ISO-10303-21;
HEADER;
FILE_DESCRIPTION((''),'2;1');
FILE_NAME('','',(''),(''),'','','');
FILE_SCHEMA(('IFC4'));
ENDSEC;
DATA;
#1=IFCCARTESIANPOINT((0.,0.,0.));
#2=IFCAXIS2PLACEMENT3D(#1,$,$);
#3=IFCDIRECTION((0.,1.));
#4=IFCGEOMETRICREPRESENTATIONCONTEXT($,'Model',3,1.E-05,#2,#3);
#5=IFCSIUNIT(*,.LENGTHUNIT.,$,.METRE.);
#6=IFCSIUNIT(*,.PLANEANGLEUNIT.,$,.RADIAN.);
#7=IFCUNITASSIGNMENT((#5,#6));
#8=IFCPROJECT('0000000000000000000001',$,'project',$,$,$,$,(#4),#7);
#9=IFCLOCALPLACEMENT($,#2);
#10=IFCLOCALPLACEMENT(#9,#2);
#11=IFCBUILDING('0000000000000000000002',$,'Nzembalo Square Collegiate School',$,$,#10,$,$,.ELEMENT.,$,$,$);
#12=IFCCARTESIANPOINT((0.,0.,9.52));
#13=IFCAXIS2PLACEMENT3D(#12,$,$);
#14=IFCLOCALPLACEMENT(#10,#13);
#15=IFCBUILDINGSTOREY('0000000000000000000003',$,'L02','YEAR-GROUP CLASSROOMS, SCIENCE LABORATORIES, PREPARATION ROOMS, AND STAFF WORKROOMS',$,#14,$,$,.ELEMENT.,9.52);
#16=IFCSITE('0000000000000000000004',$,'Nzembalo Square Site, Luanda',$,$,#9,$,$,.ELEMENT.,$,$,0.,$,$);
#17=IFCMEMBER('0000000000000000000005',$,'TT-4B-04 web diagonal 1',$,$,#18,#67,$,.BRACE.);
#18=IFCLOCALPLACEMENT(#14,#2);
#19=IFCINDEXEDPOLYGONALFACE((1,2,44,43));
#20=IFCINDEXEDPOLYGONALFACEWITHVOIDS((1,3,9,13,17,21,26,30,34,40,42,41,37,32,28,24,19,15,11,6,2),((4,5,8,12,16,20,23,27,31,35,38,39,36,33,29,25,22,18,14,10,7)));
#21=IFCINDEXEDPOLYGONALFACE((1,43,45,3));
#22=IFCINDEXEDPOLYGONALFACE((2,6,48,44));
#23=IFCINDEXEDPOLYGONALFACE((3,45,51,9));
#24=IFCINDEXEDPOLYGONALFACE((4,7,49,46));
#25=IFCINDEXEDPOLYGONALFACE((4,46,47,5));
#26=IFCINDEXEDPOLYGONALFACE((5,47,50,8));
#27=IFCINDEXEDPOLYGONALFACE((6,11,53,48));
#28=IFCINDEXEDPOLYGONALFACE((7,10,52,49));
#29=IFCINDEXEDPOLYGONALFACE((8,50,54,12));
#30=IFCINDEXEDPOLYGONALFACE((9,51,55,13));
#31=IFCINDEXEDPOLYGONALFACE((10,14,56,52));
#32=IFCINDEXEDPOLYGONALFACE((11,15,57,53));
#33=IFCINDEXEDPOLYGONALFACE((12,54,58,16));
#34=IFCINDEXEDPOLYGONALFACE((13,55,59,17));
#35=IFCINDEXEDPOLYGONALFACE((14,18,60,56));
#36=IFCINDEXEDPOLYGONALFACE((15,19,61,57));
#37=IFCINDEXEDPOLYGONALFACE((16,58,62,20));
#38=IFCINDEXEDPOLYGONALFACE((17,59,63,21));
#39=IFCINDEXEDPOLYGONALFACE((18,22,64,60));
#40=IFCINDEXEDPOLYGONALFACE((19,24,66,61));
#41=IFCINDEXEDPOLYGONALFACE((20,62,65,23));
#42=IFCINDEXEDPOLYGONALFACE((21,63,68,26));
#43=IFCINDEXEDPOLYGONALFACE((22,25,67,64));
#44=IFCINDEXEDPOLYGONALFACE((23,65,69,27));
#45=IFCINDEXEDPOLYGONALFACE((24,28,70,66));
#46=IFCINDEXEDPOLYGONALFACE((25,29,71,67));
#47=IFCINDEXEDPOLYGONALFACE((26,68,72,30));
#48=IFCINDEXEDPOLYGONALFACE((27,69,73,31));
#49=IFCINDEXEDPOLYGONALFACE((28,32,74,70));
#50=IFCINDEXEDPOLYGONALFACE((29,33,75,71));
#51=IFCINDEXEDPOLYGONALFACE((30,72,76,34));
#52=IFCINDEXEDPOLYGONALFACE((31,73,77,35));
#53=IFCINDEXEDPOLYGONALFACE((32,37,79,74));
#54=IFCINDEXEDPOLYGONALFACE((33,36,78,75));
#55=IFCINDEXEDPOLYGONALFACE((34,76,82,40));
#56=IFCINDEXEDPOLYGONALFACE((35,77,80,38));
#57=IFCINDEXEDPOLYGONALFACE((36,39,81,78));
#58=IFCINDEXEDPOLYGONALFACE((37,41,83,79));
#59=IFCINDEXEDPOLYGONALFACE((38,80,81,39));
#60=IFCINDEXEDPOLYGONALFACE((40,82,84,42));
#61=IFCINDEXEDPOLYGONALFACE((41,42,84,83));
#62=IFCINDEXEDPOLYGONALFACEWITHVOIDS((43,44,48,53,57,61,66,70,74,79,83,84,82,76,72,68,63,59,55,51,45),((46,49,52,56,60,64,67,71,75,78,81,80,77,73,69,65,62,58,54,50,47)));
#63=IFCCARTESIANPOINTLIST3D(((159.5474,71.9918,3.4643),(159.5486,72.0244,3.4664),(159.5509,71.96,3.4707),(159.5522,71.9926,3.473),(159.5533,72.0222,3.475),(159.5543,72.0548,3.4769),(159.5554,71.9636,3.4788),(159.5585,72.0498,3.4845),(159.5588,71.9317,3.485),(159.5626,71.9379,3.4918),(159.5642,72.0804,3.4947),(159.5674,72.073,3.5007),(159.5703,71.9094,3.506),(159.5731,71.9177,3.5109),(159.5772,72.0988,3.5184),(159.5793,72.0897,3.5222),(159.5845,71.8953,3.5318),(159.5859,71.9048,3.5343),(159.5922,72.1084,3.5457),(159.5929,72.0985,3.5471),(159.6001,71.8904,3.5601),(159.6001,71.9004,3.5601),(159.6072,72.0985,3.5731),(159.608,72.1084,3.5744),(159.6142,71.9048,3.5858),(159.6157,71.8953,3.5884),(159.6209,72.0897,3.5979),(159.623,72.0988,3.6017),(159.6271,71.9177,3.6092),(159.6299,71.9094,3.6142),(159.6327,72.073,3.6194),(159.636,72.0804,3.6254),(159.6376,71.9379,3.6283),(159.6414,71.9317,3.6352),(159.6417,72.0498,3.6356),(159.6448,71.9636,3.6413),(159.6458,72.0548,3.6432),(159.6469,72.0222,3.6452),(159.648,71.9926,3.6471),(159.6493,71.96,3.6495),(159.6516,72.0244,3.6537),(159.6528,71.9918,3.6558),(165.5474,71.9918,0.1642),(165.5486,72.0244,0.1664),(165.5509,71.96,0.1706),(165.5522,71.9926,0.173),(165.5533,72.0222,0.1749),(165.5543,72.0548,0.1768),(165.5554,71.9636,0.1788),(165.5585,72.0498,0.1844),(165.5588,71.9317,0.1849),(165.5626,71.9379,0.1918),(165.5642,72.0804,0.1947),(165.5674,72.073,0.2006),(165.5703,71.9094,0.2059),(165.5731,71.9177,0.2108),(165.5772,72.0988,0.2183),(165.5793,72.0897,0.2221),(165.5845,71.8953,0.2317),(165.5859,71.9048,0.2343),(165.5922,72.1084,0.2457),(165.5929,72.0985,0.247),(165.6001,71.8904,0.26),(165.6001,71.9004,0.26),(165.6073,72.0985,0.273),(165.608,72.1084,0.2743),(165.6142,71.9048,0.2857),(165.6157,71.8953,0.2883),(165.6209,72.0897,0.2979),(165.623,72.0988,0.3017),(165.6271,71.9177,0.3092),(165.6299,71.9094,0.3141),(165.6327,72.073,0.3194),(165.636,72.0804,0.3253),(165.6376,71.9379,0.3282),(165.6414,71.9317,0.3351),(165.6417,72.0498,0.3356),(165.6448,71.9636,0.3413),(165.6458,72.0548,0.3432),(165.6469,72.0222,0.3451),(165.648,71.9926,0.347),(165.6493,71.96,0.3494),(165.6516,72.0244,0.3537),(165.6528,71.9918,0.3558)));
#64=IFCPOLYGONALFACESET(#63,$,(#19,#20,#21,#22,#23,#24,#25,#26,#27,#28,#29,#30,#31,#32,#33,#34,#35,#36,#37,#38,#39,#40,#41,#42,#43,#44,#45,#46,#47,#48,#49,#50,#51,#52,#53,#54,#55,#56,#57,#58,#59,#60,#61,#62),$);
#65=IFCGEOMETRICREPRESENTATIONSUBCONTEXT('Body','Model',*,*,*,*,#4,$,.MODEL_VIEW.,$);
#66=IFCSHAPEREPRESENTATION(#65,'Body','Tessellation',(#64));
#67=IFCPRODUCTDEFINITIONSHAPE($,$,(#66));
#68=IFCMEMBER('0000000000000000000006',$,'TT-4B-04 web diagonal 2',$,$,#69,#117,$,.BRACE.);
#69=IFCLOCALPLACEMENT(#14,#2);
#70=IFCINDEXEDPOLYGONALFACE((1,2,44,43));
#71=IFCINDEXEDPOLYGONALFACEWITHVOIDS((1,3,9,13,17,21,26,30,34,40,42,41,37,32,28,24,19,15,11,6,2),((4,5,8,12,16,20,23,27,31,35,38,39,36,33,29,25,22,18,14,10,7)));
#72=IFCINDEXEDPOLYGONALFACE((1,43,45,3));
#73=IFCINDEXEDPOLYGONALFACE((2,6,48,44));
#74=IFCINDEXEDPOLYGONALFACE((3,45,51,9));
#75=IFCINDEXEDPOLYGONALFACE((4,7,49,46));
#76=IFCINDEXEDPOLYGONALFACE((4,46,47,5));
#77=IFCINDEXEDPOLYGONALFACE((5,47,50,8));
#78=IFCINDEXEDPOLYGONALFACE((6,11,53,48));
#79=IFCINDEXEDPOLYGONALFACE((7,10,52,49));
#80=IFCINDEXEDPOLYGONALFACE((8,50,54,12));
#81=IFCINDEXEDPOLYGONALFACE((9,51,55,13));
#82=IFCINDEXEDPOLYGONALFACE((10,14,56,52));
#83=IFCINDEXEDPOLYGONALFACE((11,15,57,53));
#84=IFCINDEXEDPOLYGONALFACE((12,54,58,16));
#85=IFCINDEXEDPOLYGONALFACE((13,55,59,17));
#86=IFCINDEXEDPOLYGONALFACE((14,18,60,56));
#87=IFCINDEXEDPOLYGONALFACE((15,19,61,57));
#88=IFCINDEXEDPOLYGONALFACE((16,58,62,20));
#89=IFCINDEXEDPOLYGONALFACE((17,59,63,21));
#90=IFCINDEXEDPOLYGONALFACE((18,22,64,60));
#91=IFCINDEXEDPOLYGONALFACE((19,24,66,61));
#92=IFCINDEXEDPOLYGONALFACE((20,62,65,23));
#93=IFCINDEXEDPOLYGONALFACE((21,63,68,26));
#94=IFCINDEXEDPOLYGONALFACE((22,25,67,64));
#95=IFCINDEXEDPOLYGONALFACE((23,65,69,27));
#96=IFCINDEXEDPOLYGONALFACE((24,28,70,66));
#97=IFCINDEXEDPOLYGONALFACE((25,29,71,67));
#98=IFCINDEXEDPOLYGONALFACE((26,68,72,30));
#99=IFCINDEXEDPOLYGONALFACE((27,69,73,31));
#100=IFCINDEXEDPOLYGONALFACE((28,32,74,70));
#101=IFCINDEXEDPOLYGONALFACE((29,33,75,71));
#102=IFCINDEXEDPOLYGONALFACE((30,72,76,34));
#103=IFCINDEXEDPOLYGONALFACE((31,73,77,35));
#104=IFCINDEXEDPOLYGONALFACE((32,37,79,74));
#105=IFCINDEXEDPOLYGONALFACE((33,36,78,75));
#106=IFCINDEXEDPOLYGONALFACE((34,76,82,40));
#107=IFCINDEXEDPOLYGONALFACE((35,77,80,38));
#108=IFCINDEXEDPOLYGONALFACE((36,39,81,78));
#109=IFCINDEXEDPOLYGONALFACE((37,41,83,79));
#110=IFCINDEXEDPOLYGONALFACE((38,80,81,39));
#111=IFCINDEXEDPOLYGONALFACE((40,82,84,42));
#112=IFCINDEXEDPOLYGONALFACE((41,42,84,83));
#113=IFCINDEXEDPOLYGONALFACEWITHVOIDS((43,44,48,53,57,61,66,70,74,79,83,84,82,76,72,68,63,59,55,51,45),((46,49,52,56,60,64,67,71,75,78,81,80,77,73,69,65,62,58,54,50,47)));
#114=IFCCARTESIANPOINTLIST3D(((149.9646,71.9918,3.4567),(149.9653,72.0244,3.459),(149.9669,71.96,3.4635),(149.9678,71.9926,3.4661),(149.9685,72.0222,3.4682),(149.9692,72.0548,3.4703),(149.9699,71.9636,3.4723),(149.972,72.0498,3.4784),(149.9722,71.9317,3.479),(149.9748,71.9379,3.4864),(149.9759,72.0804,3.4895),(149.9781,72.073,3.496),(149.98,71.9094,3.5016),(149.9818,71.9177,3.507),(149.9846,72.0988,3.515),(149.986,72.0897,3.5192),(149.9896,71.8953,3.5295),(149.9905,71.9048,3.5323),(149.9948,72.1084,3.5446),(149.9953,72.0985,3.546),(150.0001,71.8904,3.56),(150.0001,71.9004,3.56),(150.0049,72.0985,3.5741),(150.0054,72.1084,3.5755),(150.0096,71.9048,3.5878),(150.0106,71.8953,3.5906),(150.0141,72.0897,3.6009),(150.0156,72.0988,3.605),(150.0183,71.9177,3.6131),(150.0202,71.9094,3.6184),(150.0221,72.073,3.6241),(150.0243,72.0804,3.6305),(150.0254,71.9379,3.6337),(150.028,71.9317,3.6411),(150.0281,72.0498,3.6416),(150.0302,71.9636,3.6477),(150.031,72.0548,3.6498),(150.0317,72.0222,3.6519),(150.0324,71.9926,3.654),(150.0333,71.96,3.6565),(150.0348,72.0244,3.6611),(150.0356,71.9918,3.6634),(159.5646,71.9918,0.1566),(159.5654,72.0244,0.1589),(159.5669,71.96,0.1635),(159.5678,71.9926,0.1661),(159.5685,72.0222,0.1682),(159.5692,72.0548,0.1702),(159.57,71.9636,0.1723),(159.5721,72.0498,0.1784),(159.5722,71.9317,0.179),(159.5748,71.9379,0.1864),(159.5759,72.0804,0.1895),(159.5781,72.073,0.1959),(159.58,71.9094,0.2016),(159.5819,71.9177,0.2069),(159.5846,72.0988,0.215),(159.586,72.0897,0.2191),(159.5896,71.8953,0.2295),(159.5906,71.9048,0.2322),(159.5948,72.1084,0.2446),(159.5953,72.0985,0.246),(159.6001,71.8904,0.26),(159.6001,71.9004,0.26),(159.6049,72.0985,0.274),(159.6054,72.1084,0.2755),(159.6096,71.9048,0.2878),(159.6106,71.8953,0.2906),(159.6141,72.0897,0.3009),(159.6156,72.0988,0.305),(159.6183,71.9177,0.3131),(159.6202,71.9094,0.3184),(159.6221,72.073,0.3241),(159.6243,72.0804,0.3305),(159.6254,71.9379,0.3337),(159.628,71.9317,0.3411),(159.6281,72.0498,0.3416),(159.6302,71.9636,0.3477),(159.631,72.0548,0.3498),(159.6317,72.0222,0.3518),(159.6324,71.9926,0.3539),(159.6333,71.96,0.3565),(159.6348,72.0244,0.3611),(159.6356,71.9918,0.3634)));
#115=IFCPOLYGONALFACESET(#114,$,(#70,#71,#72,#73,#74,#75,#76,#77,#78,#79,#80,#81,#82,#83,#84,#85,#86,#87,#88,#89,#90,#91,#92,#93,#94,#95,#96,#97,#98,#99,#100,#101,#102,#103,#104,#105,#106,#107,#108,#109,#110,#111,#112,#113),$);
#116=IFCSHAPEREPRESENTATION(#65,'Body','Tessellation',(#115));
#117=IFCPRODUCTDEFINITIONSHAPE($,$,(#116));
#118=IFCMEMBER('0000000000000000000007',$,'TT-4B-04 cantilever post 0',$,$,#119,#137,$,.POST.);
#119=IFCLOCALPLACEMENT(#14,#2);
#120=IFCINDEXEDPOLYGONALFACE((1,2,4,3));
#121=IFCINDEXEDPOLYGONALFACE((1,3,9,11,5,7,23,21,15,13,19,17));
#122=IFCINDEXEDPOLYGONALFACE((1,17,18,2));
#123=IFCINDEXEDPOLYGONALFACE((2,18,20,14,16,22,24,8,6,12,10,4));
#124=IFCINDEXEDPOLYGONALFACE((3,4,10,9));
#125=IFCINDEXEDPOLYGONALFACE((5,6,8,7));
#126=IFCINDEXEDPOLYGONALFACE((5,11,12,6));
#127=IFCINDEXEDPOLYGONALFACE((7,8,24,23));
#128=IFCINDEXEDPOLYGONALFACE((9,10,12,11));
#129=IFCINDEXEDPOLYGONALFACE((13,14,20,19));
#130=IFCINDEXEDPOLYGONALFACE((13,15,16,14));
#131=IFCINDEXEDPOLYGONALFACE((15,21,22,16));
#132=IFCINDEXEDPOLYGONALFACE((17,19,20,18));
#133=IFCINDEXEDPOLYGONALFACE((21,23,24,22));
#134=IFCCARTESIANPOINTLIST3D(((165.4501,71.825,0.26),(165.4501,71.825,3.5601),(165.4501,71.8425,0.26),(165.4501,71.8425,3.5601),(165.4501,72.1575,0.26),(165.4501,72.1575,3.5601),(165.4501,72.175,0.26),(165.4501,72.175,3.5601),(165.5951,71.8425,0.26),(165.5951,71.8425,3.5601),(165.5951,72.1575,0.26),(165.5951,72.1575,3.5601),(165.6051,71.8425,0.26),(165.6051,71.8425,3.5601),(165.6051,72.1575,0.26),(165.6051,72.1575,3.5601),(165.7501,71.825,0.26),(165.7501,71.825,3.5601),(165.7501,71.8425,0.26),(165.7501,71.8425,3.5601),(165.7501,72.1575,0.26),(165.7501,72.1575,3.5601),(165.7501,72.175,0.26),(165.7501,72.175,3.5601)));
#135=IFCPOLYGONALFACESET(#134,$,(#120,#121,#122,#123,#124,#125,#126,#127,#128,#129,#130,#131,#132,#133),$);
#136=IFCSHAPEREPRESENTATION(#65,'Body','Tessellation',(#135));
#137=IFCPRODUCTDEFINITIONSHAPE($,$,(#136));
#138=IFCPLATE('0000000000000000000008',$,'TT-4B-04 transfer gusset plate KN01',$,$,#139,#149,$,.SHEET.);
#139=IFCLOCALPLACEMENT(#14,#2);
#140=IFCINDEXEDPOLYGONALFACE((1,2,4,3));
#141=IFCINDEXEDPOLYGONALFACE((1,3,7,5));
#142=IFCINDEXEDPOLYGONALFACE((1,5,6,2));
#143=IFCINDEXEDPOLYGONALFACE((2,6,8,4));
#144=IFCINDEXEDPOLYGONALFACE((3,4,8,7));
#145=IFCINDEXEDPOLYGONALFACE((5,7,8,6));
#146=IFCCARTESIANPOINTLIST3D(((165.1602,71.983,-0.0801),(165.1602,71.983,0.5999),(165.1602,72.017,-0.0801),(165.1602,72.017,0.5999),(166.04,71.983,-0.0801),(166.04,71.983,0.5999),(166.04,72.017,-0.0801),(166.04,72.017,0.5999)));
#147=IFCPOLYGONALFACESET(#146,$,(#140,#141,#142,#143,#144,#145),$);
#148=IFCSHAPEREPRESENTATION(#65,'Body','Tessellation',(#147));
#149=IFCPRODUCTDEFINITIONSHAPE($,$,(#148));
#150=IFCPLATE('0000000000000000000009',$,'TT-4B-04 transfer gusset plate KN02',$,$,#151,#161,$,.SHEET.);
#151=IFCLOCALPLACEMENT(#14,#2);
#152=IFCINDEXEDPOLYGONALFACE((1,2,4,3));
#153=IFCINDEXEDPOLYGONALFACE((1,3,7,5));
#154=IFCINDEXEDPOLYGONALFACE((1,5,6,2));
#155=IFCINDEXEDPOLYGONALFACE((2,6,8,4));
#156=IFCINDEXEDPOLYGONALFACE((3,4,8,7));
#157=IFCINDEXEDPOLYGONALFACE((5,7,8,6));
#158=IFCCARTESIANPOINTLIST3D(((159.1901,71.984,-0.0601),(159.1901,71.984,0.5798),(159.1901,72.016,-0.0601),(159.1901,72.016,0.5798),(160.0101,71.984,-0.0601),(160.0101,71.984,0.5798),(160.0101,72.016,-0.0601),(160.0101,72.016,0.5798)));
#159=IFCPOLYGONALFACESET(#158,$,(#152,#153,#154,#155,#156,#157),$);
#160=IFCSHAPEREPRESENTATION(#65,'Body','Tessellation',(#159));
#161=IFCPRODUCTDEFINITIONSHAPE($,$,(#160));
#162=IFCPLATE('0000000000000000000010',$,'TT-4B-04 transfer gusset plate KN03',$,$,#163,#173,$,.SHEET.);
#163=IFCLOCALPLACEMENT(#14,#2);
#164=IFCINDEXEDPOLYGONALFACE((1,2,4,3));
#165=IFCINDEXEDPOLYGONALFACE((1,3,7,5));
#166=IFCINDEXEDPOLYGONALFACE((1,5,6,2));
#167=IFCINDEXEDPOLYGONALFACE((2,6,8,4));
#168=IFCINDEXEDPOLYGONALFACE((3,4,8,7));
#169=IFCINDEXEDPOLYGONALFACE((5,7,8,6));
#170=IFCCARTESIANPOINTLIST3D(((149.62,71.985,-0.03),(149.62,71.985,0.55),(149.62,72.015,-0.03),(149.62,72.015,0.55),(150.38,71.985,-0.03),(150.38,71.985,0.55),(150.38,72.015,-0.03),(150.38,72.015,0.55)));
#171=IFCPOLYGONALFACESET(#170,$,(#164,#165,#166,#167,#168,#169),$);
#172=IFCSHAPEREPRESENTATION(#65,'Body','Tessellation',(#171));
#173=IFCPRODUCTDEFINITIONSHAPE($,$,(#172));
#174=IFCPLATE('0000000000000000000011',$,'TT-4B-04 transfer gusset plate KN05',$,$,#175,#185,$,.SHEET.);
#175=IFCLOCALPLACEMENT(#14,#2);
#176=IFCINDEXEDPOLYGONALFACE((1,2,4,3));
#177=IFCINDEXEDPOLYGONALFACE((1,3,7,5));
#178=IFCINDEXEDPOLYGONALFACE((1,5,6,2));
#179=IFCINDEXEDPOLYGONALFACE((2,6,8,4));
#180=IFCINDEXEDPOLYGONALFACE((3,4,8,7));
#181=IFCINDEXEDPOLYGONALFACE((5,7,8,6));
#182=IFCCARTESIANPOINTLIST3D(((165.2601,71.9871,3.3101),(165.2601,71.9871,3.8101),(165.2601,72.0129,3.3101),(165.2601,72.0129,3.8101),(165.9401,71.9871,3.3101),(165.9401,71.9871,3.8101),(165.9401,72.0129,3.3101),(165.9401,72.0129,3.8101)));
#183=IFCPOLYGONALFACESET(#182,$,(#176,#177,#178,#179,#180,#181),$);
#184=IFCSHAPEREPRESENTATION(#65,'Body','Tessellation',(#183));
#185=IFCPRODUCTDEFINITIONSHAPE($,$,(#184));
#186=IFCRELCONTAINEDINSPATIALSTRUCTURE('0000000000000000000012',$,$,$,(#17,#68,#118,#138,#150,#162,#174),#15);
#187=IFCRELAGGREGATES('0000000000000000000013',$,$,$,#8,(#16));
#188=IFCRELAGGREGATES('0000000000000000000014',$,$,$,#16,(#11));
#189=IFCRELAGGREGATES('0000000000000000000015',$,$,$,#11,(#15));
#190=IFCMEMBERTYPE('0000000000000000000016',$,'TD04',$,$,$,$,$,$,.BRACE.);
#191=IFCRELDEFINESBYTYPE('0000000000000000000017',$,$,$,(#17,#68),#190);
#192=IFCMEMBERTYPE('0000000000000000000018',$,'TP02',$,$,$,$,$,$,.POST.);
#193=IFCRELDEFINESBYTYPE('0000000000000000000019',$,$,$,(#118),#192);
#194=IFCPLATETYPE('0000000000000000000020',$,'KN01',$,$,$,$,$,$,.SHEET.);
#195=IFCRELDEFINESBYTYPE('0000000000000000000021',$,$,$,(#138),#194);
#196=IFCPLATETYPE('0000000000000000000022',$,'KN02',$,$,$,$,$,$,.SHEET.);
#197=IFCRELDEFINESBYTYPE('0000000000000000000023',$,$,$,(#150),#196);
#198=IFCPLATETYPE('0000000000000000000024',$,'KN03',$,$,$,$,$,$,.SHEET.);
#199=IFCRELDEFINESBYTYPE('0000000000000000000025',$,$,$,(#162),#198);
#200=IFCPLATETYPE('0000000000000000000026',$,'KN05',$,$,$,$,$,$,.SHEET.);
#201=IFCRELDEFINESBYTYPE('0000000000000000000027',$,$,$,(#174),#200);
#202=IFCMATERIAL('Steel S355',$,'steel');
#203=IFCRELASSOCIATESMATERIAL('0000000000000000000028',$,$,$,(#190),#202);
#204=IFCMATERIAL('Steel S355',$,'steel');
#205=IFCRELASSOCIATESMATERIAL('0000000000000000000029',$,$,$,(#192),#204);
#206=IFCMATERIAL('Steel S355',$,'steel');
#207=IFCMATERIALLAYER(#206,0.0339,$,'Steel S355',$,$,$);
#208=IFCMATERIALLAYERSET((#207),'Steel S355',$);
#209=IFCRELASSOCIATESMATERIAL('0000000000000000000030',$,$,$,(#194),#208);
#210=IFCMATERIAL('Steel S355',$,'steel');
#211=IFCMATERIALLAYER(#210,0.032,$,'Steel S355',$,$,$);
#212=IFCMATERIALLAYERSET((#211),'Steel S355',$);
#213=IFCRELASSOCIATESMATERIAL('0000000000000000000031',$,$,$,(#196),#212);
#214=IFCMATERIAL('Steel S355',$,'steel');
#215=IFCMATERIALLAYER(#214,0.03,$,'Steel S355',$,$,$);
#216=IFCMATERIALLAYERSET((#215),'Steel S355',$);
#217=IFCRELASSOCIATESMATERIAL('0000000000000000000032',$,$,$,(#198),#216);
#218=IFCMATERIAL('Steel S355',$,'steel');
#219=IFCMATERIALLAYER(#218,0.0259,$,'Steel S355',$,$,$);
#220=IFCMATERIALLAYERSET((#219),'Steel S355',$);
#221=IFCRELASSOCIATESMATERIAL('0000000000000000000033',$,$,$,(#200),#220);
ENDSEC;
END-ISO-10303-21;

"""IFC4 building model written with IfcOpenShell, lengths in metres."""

from ifc_helpers import new_model, si_unit, direction, frame, origin, origin_2d, place, context, subcontext, project, spatial, rectangle, hollow_circle, i_section, extrude, material, layer, layer_set, material_profile, profile_set, type_object, element, save


model = new_model("IFC4")

# Units and contexts
model_context = context("Model", 3, precision=1e-05, world=origin(), true_north=direction((0.0, 1.0)))
body_context = subcontext(model_context, "Body", "Model", "MODEL_VIEW")
ifc_project = project(units=[si_unit("LENGTHUNIT", "METRE"), si_unit("PLANEANGLEUNIT", "RADIAN")], contexts=[model_context])

# Site, building, storey
site_placement = place(None, origin())
site = spatial("IfcSite", under=ifc_project, at=site_placement, Name="Nzembalo Square Site, Luanda", CompositionType="ELEMENT", RefElevation=0.0)
building_placement = place(site_placement, origin())
building = spatial("IfcBuilding", under=site, at=building_placement, Name="Nzembalo Square Collegiate School", CompositionType="ELEMENT")
storey_placement = place(building_placement, frame((0.0, 0.0, 9.52)))
storey = spatial("IfcBuildingStorey", under=building, at=storey_placement, Name="L02", Description="YEAR-GROUP CLASSROOMS, SCIENCE LABORATORIES, PREPARATION ROOMS, AND STAFF WORKROOMS", CompositionType="ELEMENT", Elevation=9.52)

# Members
ifc_material_1 = material(Name="Steel S355", Category="steel")
ifc_material_profile_1 = material_profile(ifc_material_1, hollow_circle(Radius=0.1096, WallThickness=0.01, at=origin_2d()), Name="CHS 219x10")
ifc_profile_set_1 = profile_set([ifc_material_profile_1], Name="Steel S355")
member_type_1 = type_object("IfcMemberType", Name="TD04", PredefinedType="BRACE", material=ifc_profile_set_1)
member_1_placement = place(storey_placement, frame((165.6001, 72.0, 0.26), z_axis=(-0.876213, 0.0, 0.481924), x_axis=(0.0, -1.0, 0.0)))
element("IfcMember", 1, at=member_1_placement, inside=storey, type_object=member_type_1, Name="TT-4B-04 web diagonal 1", PredefinedType="BRACE", context=body_context, shape_type="SweptSolid", body=[
    extrude(hollow_circle(Radius=0.1096, WallThickness=0.01, at=origin_2d()), origin(), (0.0, 0.0, 1.0), 6.8477),
])
member_2_placement = place(storey_placement, frame((159.6001, 72.0, 0.26), z_axis=(-0.945686, 0.0, 0.325081), x_axis=(0.0, -1.0, 0.0)))
element("IfcMember", 2, at=member_2_placement, inside=storey, type_object=member_type_1, Name="TT-4B-04 web diagonal 2", PredefinedType="BRACE", context=body_context, shape_type="SweptSolid", body=[
    extrude(hollow_circle(Radius=0.1096, WallThickness=0.01, at=origin_2d()), origin(), (0.0, 0.0, 1.0), 10.1514),
])
ifc_material_2 = material(Name="Steel S355", Category="steel")
ifc_material_profile_2 = material_profile(ifc_material_2, i_section(OverallWidth=0.3, OverallDepth=0.3501, WebThickness=0.01, FlangeThickness=0.0176, at=origin_2d()), Name="HEA 360")
ifc_profile_set_2 = profile_set([ifc_material_profile_2], Name="Steel S355")
member_type_2 = type_object("IfcMemberType", Name="TP02", PredefinedType="POST", material=ifc_profile_set_2)
member_3_placement = place(storey_placement, frame((165.6001, 72.0, 0.26), z_axis=(0.0, 0.0, 1.0), x_axis=(1.0, 0.0, 0.0)))
element("IfcMember", 3, at=member_3_placement, inside=storey, type_object=member_type_2, Name="TT-4B-04 cantilever post 0", PredefinedType="POST", context=body_context, shape_type="SweptSolid", body=[
    extrude(i_section(OverallWidth=0.3, OverallDepth=0.3501, WebThickness=0.01, FlangeThickness=0.0176, at=origin_2d()), origin(), (0.0, 0.0, 1.0), 3.3),
])

# Plates
ifc_material_3 = material(Name="Steel S355", Category="steel")
ifc_layer_1 = layer(ifc_material_3, 0.0339, Name="Steel S355")
ifc_layer_set_1 = layer_set([ifc_layer_1], Name="Steel S355")
plate_type_1 = type_object("IfcPlateType", Name="KN01", PredefinedType="SHEET", material=ifc_layer_set_1)
plate_1_placement = place(storey_placement, frame((165.6001, 72.0, -0.0801), z_axis=(0.0, 0.0, 1.0), x_axis=(1.0, 0.0, 0.0)))
element("IfcPlate", 4, at=plate_1_placement, inside=storey, type_object=plate_type_1, Name="TT-4B-04 transfer gusset plate KN01", PredefinedType="SHEET", context=body_context, shape_type="SweptSolid", body=[
    extrude(rectangle(XDim=0.8799, YDim=0.0339, at=origin_2d()), origin(), (0.0, 0.0, 1.0), 0.6799),
])
ifc_material_4 = material(Name="Steel S355", Category="steel")
ifc_layer_2 = layer(ifc_material_4, 0.032, Name="Steel S355")
ifc_layer_set_2 = layer_set([ifc_layer_2], Name="Steel S355")
plate_type_2 = type_object("IfcPlateType", Name="KN02", PredefinedType="SHEET", material=ifc_layer_set_2)
plate_2_placement = place(storey_placement, frame((159.6001, 72.0, -0.0601), z_axis=(0.0, 0.0, 1.0), x_axis=(1.0, 0.0, 0.0)))
element("IfcPlate", 5, at=plate_2_placement, inside=storey, type_object=plate_type_2, Name="TT-4B-04 transfer gusset plate KN02", PredefinedType="SHEET", context=body_context, shape_type="SweptSolid", body=[
    extrude(rectangle(XDim=0.8201, YDim=0.032, at=origin_2d()), origin(), (0.0, 0.0, 1.0), 0.6399),
])
ifc_material_5 = material(Name="Steel S355", Category="steel")
ifc_layer_3 = layer(ifc_material_5, 0.03, Name="Steel S355")
ifc_layer_set_3 = layer_set([ifc_layer_3], Name="Steel S355")
plate_type_3 = type_object("IfcPlateType", Name="KN03", PredefinedType="SHEET", material=ifc_layer_set_3)
plate_3_placement = place(storey_placement, frame((150.0, 72.0, -0.03), z_axis=(0.0, 0.0, 1.0), x_axis=(1.0, 0.0, 0.0)))
element("IfcPlate", 6, at=plate_3_placement, inside=storey, type_object=plate_type_3, Name="TT-4B-04 transfer gusset plate KN03", PredefinedType="SHEET", context=body_context, shape_type="SweptSolid", body=[
    extrude(rectangle(XDim=0.76, YDim=0.03, at=origin_2d()), origin(), (0.0, 0.0, 1.0), 0.5801),
])
ifc_material_6 = material(Name="Steel S355", Category="steel")
ifc_layer_4 = layer(ifc_material_6, 0.0259, Name="Steel S355")
ifc_layer_set_4 = layer_set([ifc_layer_4], Name="Steel S355")
plate_type_4 = type_object("IfcPlateType", Name="KN05", PredefinedType="SHEET", material=ifc_layer_set_4)
plate_4_placement = place(storey_placement, frame((165.6001, 72.0, 3.3101), z_axis=(0.0, 0.0, 1.0), x_axis=(1.0, 0.0, 0.0)))
element("IfcPlate", 7, at=plate_4_placement, inside=storey, type_object=plate_type_4, Name="TT-4B-04 transfer gusset plate KN05", PredefinedType="SHEET", context=body_context, shape_type="SweptSolid", body=[
    extrude(rectangle(XDim=0.6799, YDim=0.0259, at=origin_2d()), origin(), (0.0, 0.0, 1.0), 0.5),
])

save(model, "model.ifc")
